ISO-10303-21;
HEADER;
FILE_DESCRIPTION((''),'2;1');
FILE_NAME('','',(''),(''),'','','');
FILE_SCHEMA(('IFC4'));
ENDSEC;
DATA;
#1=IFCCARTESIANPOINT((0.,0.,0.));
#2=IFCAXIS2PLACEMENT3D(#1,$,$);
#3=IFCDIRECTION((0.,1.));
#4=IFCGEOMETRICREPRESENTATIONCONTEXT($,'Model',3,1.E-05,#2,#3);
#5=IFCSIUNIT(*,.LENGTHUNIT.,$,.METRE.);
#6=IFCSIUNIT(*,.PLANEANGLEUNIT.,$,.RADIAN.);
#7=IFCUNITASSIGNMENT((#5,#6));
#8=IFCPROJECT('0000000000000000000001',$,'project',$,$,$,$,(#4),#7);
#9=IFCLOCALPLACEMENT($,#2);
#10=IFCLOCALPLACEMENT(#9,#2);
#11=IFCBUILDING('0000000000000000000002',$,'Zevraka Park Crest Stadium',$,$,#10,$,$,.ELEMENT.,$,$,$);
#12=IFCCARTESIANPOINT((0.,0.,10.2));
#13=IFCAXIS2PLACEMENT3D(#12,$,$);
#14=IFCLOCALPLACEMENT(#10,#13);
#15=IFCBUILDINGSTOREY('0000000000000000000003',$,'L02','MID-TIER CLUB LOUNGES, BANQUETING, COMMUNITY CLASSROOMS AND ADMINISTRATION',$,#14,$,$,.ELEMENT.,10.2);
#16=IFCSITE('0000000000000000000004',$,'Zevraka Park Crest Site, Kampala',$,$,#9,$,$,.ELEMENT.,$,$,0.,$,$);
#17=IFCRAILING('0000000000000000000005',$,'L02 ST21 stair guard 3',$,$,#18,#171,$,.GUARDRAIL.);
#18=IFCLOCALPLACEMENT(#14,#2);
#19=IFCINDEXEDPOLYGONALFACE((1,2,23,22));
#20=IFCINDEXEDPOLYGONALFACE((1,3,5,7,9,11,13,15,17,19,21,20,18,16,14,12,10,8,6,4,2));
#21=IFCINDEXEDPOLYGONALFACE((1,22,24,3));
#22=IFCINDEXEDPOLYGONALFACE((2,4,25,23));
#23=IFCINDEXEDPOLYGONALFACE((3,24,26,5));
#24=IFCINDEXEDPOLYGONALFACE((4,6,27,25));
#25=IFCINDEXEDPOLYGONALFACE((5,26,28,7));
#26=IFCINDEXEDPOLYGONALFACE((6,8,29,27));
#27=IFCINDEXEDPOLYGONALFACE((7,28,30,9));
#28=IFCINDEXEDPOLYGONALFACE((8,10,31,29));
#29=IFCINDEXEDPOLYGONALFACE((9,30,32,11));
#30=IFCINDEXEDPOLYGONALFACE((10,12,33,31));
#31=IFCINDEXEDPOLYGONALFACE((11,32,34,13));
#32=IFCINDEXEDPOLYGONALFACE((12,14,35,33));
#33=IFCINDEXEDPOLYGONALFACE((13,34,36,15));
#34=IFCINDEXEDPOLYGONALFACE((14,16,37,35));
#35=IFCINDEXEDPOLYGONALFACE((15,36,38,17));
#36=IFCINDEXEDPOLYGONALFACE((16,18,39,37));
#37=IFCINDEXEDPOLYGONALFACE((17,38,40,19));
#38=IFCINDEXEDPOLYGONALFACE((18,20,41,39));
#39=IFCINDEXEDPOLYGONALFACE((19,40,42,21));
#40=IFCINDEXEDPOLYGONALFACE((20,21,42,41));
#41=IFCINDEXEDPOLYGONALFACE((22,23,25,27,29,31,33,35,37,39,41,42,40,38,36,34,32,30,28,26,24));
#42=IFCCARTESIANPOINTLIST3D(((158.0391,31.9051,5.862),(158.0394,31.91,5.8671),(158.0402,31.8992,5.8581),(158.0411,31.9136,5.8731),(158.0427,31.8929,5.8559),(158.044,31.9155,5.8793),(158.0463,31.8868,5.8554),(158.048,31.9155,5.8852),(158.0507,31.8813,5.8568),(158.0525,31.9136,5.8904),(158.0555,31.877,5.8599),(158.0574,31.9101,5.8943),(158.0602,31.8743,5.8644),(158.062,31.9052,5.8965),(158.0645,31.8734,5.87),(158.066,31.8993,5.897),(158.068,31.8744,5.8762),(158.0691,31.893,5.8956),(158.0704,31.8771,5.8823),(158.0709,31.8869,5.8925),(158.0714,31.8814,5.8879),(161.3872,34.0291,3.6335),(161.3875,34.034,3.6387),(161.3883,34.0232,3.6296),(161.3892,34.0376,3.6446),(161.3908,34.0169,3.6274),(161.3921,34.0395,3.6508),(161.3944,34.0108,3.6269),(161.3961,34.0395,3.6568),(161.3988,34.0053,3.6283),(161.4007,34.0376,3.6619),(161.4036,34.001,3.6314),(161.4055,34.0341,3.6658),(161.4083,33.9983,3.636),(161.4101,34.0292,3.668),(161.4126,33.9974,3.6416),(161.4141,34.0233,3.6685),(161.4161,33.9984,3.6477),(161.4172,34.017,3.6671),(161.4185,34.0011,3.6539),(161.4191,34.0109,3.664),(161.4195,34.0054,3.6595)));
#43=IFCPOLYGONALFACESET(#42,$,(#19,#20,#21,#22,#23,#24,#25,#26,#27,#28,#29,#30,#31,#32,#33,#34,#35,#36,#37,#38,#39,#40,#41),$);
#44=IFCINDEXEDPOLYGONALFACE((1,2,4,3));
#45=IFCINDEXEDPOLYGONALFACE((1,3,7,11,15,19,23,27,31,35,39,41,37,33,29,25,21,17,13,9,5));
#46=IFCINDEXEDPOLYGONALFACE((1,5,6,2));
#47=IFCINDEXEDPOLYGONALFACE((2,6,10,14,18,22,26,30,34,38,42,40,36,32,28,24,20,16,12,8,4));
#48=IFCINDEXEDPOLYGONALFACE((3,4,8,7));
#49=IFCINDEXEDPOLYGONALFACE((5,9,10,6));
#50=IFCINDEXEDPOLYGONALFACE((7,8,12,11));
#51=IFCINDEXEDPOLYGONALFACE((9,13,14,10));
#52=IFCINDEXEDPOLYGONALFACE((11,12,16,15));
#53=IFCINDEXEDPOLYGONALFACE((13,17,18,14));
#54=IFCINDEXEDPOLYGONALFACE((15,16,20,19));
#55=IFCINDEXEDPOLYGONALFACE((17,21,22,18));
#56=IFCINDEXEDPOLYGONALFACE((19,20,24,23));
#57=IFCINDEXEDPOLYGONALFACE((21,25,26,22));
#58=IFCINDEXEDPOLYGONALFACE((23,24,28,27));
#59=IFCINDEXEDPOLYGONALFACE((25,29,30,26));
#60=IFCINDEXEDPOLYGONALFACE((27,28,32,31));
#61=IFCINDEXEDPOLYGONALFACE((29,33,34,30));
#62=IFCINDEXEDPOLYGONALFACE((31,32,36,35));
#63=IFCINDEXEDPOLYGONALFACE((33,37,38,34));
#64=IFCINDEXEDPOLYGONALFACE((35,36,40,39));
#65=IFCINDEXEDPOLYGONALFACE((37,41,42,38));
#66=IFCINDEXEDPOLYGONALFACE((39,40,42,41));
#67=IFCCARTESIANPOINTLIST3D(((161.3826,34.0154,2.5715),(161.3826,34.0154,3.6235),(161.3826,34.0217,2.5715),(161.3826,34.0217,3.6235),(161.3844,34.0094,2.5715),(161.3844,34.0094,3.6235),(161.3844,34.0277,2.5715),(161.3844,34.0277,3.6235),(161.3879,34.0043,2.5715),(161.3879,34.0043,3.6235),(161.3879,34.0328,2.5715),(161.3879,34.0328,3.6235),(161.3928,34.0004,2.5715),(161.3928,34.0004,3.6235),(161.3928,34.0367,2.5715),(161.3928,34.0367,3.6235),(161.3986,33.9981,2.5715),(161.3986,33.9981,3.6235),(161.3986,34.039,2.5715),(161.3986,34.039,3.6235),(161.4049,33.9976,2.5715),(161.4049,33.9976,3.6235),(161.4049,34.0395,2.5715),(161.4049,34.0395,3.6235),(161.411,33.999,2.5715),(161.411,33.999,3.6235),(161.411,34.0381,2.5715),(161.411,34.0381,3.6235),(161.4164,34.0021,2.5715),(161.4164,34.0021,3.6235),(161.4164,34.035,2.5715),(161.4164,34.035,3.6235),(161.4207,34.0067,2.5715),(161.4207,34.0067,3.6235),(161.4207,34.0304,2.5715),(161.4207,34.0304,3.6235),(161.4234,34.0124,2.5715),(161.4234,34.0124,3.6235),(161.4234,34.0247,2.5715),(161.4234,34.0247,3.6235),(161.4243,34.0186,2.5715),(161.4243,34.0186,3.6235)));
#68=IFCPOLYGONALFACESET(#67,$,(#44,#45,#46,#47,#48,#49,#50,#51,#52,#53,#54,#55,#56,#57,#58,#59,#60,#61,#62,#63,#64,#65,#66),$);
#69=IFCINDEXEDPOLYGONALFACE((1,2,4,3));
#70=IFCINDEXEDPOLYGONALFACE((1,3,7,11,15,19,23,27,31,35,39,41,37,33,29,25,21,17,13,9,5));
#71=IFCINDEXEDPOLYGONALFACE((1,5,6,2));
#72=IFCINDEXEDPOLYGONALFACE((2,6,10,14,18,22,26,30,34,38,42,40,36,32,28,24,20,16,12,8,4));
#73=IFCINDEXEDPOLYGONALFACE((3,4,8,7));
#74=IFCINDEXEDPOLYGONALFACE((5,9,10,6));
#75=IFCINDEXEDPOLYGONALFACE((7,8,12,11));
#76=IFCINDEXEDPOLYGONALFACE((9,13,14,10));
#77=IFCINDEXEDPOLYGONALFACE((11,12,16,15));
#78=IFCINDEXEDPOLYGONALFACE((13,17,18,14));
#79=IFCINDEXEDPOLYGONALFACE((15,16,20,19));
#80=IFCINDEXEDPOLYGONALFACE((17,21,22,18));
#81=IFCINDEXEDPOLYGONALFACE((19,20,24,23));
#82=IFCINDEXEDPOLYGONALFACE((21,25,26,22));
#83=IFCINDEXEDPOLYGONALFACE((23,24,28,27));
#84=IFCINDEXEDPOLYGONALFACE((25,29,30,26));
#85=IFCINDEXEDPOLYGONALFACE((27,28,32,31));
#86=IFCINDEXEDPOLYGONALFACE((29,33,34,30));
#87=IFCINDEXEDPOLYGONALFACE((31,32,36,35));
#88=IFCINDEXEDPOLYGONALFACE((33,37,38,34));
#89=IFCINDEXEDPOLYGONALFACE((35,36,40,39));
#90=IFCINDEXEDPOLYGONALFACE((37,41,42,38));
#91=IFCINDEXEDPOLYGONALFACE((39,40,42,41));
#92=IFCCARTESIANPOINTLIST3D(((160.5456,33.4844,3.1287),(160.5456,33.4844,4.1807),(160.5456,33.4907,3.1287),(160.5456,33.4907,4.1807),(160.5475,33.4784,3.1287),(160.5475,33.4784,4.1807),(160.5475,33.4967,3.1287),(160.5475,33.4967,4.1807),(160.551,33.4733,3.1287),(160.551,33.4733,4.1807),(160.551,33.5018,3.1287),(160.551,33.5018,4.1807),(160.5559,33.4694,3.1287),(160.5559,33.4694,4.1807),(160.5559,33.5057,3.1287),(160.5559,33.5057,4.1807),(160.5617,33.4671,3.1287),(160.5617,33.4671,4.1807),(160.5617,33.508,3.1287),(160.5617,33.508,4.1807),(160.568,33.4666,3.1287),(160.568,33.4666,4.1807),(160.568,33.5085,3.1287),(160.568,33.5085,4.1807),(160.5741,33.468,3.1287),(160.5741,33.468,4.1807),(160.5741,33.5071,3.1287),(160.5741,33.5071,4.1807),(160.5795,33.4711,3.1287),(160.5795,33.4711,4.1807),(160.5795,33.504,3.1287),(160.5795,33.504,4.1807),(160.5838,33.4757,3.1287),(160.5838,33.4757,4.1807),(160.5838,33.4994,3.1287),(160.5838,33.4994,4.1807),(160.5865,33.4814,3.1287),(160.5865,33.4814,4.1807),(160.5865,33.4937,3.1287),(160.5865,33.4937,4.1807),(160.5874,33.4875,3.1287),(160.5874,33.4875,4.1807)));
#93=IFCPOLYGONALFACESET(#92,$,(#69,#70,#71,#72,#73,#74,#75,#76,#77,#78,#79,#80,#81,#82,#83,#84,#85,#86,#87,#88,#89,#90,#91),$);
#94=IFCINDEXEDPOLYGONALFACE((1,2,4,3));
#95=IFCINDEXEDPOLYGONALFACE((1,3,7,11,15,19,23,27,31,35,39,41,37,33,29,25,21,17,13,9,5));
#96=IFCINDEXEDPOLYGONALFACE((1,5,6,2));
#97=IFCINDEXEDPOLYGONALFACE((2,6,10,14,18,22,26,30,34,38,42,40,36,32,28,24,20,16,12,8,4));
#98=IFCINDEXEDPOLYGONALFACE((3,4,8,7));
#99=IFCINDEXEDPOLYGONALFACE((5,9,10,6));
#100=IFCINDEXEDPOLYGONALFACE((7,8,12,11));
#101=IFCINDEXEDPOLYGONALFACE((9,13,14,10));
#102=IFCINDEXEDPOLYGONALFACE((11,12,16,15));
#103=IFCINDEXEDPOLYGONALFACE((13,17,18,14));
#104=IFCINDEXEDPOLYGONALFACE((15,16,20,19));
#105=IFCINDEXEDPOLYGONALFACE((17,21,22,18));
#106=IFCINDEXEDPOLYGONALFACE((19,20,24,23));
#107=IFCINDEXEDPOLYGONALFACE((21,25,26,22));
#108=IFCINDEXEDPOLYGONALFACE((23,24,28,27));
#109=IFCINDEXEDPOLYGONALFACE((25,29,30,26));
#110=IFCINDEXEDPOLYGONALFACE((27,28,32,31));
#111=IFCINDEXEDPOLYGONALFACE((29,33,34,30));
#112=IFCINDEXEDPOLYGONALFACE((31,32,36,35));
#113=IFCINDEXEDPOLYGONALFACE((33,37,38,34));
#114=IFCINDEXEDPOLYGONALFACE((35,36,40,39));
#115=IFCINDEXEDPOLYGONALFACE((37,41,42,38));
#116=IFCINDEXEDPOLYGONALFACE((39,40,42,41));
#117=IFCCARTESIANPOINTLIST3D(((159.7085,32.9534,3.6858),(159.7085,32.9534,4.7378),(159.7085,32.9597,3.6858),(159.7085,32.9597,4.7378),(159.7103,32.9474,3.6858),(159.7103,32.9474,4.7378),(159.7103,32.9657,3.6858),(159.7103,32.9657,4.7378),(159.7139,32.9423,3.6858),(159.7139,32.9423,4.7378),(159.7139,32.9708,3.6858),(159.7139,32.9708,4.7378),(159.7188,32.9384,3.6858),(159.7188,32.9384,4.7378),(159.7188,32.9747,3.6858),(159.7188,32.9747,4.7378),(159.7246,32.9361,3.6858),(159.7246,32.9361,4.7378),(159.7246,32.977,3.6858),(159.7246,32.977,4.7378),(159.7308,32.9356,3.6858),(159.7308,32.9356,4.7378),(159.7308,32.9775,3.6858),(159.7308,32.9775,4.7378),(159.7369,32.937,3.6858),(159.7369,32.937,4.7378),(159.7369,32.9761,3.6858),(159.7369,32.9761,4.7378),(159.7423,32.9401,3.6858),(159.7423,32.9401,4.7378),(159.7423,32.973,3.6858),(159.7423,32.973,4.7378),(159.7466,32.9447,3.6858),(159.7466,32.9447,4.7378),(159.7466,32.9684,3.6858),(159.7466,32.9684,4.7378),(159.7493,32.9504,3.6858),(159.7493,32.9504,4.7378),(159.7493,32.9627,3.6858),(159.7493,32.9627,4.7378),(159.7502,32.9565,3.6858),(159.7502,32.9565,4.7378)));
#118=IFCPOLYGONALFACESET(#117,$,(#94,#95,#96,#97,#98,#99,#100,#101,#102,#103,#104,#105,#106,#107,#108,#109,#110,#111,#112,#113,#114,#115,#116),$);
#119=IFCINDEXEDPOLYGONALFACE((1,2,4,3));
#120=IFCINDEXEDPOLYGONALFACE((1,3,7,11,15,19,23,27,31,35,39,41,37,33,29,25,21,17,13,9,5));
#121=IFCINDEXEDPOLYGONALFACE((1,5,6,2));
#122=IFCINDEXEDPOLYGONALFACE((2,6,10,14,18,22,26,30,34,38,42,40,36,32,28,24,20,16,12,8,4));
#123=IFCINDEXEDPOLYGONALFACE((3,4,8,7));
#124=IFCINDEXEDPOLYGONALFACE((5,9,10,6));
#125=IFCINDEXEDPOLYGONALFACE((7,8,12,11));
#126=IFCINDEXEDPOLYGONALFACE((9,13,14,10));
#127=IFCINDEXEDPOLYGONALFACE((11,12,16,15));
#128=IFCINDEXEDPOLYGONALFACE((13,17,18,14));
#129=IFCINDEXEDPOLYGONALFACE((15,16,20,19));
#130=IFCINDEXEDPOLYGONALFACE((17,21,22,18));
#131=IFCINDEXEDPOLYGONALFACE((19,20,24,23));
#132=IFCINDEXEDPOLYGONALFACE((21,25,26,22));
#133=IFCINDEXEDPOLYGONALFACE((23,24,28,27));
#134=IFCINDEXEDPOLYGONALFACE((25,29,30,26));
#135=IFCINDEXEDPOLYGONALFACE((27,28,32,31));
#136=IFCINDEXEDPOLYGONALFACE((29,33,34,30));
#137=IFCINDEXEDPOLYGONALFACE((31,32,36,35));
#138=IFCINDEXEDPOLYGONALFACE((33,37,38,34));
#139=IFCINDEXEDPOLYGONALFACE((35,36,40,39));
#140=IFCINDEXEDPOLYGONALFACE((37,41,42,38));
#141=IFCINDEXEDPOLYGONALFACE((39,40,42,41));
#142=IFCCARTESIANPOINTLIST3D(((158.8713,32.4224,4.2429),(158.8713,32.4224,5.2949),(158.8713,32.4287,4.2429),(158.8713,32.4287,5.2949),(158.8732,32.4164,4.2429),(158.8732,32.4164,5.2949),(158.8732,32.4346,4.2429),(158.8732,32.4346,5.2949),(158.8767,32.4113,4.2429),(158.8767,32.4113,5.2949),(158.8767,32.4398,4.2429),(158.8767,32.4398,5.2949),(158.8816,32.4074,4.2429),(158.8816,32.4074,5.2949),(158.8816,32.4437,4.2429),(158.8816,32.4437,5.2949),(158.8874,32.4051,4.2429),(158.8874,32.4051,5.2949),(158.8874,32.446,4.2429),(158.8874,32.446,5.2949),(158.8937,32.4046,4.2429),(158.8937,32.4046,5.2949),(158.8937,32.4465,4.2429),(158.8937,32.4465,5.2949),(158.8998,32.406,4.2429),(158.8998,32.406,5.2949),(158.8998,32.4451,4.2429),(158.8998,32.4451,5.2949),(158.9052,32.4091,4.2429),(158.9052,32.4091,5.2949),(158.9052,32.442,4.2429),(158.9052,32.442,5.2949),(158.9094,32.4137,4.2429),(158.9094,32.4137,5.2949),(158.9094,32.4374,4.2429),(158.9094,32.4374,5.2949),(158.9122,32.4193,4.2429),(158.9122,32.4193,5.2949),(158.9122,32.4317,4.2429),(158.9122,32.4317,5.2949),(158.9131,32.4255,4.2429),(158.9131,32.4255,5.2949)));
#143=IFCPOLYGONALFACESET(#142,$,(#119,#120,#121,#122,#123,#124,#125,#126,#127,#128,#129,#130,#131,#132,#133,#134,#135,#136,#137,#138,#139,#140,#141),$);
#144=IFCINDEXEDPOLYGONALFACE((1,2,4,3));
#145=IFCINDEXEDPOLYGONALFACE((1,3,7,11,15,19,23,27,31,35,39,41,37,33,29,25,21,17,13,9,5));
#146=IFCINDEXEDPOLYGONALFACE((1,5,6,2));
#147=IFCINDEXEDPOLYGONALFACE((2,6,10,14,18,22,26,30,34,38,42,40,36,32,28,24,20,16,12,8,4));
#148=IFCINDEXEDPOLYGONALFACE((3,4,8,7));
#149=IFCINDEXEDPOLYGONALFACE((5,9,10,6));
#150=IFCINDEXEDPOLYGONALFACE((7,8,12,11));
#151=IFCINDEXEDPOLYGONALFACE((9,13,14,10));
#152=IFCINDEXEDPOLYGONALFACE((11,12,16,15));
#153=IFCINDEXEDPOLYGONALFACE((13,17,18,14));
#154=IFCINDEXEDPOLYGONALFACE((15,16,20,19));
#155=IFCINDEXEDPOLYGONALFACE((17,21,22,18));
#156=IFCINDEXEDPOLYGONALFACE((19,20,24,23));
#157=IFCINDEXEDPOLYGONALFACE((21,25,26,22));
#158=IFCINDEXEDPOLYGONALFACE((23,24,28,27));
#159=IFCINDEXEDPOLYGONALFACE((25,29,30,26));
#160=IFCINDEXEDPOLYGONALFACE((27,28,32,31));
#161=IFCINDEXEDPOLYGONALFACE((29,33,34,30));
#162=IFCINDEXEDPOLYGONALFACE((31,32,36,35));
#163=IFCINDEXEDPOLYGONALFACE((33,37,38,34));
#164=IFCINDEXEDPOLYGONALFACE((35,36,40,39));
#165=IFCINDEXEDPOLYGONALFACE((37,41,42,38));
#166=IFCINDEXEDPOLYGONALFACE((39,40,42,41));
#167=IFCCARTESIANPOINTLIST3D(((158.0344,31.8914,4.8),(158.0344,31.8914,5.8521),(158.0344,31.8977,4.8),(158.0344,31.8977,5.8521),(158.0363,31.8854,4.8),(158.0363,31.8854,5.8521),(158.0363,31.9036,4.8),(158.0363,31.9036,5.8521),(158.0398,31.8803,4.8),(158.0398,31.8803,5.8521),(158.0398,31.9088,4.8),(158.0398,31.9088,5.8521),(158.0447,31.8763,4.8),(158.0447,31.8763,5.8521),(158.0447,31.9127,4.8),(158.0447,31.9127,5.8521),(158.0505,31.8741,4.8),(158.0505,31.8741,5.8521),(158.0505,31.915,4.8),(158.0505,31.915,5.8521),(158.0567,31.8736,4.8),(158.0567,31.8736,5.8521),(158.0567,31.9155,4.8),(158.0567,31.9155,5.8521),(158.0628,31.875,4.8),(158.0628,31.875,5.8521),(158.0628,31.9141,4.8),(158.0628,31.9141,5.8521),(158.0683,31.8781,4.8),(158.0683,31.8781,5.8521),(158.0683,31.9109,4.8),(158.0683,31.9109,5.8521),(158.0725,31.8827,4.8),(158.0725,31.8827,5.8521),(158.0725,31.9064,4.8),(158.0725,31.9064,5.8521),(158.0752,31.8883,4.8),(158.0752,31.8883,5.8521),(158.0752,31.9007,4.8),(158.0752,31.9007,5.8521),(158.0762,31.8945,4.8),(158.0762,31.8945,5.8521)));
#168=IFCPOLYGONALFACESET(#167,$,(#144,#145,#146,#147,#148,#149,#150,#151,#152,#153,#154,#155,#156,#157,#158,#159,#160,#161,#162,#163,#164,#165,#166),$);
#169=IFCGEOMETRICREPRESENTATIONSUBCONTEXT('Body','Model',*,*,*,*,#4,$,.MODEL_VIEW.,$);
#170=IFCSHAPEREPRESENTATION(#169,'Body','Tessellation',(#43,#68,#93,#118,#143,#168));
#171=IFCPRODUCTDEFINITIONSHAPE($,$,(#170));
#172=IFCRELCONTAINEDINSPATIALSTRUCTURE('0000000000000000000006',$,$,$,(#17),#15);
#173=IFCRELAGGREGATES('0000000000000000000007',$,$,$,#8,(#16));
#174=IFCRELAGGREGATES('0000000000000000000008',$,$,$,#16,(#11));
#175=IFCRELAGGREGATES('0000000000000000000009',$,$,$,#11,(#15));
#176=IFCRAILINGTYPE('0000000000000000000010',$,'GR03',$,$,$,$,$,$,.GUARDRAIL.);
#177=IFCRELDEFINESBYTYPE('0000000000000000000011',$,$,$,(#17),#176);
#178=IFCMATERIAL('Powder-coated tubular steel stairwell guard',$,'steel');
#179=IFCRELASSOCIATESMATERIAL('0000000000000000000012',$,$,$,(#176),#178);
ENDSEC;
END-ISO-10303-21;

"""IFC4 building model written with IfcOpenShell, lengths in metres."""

from ifc_helpers import new_model, si_unit, direction, frame, origin, origin_2d, place, context, subcontext, project, spatial, circle, extrude, material, type_object, element, save


model = new_model("IFC4")

# Units and contexts
model_context = context("Model", 3, precision=1e-05, world=origin(), true_north=direction((0.0, 1.0)))
body_context = subcontext(model_context, "Body", "Model", "MODEL_VIEW")
ifc_project = project(units=[si_unit("LENGTHUNIT", "METRE"), si_unit("PLANEANGLEUNIT", "RADIAN")], contexts=[model_context])

# Site, building, storey
site_placement = place(None, origin())
site = spatial("IfcSite", under=ifc_project, at=site_placement, Name="Zevraka Park Crest Site, Kampala", CompositionType="ELEMENT", RefElevation=0.0)
building_placement = place(site_placement, origin())
building = spatial("IfcBuilding", under=site, at=building_placement, Name="Zevraka Park Crest Stadium", CompositionType="ELEMENT")
storey_placement = place(building_placement, frame((0.0, 0.0, 10.2)))
storey = spatial("IfcBuildingStorey", under=building, at=storey_placement, Name="L02", Description="MID-TIER CLUB LOUNGES, BANQUETING, COMMUNITY CLASSROOMS AND ADMINISTRATION", CompositionType="ELEMENT", Elevation=10.2)

# Railing
ifc_material_1 = material(Name="Powder-coated tubular steel stairwell guard", Category="steel")
railing_type_1 = type_object("IfcRailingType", Name="GR03", PredefinedType="GUARDRAIL", material=ifc_material_1)
railing_1_placement = place(storey_placement, frame((161.4033, 34.0186, 2.5715)))
element("IfcRailing", 1, at=railing_1_placement, inside=storey, type_object=railing_type_1, Name="L02 ST21 stair guard 3", PredefinedType="GUARDRAIL", context=body_context, shape_type="SweptSolid", body=[
    extrude(circle(Radius=0.0239, at=origin_2d()), frame((0.0, 0.0, 1.0762), z_axis=(-0.736117, -0.466984, 0.489957), x_axis=(0.535688, -0.844416, 0.0)), (0.0, 0.0, 1.0), 4.5483),
    extrude(circle(Radius=0.021, at=origin_2d()), origin(), (0.0, 0.0, 1.0), 1.052),
    extrude(circle(Radius=0.021, at=origin_2d()), frame((-0.8369, -0.531, 0.5571)), (0.0, 0.0, 1.0), 1.052),
    extrude(circle(Radius=0.021, at=origin_2d()), frame((-1.6741, -1.062, 1.1143)), (0.0, 0.0, 1.0), 1.052),
    extrude(circle(Radius=0.021, at=origin_2d()), frame((-2.5112, -1.593, 1.6714)), (0.0, 0.0, 1.0), 1.052),
    extrude(circle(Radius=0.021, at=origin_2d()), frame((-3.3481, -2.124, 2.2285)), (0.0, 0.0, 1.0), 1.052),
])

save(model, "model.ifc")
